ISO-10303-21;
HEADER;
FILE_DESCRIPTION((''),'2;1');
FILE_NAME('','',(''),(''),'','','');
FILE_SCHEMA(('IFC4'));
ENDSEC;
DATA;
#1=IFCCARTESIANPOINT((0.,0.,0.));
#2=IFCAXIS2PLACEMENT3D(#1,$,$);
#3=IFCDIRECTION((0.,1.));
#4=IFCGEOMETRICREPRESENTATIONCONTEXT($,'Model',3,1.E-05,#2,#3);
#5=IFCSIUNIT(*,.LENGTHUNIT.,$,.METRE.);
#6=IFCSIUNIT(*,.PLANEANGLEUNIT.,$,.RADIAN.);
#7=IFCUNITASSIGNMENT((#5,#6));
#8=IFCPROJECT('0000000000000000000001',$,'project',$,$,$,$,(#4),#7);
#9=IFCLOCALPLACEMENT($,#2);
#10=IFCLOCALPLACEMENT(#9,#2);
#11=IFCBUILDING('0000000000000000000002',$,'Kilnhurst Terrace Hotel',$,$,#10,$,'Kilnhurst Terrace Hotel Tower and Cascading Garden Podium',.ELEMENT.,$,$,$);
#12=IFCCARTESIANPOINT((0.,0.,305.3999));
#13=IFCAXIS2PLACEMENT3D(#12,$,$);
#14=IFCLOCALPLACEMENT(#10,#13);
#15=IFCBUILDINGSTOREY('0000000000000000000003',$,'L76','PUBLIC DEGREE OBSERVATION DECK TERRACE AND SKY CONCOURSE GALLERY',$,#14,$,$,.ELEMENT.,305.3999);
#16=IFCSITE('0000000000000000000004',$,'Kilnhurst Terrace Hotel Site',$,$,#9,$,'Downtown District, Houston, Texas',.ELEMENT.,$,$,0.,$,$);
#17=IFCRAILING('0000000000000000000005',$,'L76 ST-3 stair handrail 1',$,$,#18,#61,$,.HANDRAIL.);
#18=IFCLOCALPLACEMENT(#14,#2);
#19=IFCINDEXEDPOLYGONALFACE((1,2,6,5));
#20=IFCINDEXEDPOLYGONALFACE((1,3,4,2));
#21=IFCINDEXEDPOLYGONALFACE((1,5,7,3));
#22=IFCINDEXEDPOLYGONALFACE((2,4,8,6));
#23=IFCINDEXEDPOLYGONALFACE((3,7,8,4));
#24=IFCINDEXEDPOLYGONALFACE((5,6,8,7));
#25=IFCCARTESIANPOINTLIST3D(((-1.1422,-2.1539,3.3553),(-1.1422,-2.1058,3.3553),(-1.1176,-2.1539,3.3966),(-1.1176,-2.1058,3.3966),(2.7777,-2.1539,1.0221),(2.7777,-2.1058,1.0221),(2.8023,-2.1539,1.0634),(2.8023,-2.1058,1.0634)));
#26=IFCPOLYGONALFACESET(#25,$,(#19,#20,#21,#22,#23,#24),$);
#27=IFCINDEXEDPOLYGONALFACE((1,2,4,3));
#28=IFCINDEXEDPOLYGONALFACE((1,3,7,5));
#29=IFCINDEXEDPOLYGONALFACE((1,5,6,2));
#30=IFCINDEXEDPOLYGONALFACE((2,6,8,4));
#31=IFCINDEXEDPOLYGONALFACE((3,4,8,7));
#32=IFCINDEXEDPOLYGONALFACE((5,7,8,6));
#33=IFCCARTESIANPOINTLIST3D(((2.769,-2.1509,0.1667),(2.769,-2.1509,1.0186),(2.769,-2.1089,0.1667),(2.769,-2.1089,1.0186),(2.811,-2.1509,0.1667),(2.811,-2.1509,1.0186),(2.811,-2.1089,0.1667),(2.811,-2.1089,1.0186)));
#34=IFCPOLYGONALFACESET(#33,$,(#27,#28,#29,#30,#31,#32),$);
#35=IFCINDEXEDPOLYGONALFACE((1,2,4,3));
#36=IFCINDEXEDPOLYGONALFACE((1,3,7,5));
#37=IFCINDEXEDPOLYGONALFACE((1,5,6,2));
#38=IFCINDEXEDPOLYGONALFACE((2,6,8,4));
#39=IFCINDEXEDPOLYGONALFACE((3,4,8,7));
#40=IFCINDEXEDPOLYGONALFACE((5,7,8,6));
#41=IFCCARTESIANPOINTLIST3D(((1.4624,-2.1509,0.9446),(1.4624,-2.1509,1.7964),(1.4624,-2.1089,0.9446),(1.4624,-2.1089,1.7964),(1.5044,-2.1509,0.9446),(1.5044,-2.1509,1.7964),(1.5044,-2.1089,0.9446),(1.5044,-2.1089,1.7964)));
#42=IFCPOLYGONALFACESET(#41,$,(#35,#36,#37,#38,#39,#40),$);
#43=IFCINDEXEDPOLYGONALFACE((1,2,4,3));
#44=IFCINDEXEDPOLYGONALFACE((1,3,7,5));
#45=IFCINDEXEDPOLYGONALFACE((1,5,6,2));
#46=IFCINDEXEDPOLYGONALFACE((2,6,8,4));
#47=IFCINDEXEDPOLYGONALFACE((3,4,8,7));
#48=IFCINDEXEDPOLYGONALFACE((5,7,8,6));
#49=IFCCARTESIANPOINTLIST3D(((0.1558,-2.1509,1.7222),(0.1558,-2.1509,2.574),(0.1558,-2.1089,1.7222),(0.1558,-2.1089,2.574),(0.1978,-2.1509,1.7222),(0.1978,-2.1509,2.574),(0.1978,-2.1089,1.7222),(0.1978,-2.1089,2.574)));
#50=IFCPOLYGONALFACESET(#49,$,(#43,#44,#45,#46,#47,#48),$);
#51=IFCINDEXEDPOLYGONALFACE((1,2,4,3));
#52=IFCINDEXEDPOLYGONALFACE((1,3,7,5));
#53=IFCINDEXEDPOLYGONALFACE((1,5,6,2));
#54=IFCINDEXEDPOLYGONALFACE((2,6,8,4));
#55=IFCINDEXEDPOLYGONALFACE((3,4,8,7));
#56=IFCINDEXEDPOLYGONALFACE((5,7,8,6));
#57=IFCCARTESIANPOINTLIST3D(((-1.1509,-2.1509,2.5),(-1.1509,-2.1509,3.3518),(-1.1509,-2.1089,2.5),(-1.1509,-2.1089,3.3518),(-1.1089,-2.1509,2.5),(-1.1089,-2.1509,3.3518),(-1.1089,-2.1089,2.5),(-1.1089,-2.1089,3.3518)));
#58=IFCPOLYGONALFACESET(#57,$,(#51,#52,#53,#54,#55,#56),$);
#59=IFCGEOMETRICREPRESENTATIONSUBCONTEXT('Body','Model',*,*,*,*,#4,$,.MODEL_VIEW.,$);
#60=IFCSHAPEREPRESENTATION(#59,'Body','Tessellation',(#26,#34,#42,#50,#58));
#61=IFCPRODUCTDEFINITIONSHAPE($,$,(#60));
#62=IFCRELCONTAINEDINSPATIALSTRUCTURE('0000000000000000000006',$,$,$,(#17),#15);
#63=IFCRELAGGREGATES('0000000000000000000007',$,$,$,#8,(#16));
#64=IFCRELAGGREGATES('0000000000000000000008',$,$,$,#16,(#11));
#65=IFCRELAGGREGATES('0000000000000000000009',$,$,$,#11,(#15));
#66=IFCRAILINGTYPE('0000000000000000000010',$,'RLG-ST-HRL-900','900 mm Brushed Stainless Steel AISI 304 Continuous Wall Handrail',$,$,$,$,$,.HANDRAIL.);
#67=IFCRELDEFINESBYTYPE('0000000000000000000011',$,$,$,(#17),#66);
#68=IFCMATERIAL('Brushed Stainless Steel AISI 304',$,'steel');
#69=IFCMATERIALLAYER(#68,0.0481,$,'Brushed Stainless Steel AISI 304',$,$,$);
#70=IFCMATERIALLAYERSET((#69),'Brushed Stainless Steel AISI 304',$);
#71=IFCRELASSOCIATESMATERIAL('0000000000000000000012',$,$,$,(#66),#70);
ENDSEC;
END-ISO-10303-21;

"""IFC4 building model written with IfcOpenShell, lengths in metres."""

from ifc_helpers import new_model, si_unit, direction, frame, origin, origin_2d, place, context, subcontext, project, spatial, rectangle, extrude, material, layer, layer_set, type_object, element, save


model = new_model("IFC4")

# Units and contexts
model_context = context("Model", 3, precision=1e-05, world=origin(), true_north=direction((0.0, 1.0)))
body_context = subcontext(model_context, "Body", "Model", "MODEL_VIEW")
ifc_project = project(units=[si_unit("LENGTHUNIT", "METRE"), si_unit("PLANEANGLEUNIT", "RADIAN")], contexts=[model_context])

# Site, building, storey
site_placement = place(None, origin())
site = spatial("IfcSite", under=ifc_project, at=site_placement, Name="Kilnhurst Terrace Hotel Site", LongName="Downtown District, Houston, Texas", CompositionType="ELEMENT", RefElevation=0.0)
building_placement = place(site_placement, origin())
building = spatial("IfcBuilding", under=site, at=building_placement, Name="Kilnhurst Terrace Hotel", LongName="Kilnhurst Terrace Hotel Tower and Cascading Garden Podium", CompositionType="ELEMENT")
storey_placement = place(building_placement, frame((0.0, 0.0, 305.3999)))
storey = spatial("IfcBuildingStorey", under=building, at=storey_placement, Name="L76", Description="PUBLIC DEGREE OBSERVATION DECK TERRACE AND SKY CONCOURSE GALLERY", CompositionType="ELEMENT", Elevation=305.3999)

# Railing
ifc_material_1 = material(Name="Brushed Stainless Steel AISI 304", Category="steel")
ifc_layer_1 = layer(ifc_material_1, 0.0481, Name="Brushed Stainless Steel AISI 304")
ifc_layer_set_1 = layer_set([ifc_layer_1], Name="Brushed Stainless Steel AISI 304")
railing_type_1 = type_object("IfcRailingType", Name="RLG-ST-HRL-900", Description="900 mm Brushed Stainless Steel AISI 304 Continuous Wall Handrail", PredefinedType="HANDRAIL", material=ifc_layer_set_1)
railing_1_placement = place(storey_placement, frame((2.79, -2.1299, 0.1667)))
element("IfcRailing", 1, at=railing_1_placement, inside=storey, type_object=railing_type_1, Name="L76 ST-3 stair handrail 1", PredefinedType="HANDRAIL", context=body_context, shape_type="SweptSolid", body=[
    extrude(rectangle(XDim=0.0481, YDim=0.0481, at=origin_2d()), frame((0.0, 0.0, 0.876), z_axis=(-0.859296, 0.0, 0.511478), x_axis=(0.0, -1.0, 0.0)), (0.0, 0.0, 1.0), 4.5618),
    extrude(rectangle(XDim=0.042, YDim=0.042, at=origin_2d()), origin(), (0.0, 0.0, 1.0), 0.8518),
    extrude(rectangle(XDim=0.042, YDim=0.042, at=origin_2d()), frame((-1.3066, 0.0, 0.7778)), (0.0, 0.0, 1.0), 0.8518),
    extrude(rectangle(XDim=0.042, YDim=0.042, at=origin_2d()), frame((-2.6133, 0.0, 1.5554)), (0.0, 0.0, 1.0), 0.8518),
    extrude(rectangle(XDim=0.042, YDim=0.042, at=origin_2d()), frame((-3.9199, 0.0, 2.3333)), (0.0, 0.0, 1.0), 0.8518),
])

save(model, "model.ifc")
